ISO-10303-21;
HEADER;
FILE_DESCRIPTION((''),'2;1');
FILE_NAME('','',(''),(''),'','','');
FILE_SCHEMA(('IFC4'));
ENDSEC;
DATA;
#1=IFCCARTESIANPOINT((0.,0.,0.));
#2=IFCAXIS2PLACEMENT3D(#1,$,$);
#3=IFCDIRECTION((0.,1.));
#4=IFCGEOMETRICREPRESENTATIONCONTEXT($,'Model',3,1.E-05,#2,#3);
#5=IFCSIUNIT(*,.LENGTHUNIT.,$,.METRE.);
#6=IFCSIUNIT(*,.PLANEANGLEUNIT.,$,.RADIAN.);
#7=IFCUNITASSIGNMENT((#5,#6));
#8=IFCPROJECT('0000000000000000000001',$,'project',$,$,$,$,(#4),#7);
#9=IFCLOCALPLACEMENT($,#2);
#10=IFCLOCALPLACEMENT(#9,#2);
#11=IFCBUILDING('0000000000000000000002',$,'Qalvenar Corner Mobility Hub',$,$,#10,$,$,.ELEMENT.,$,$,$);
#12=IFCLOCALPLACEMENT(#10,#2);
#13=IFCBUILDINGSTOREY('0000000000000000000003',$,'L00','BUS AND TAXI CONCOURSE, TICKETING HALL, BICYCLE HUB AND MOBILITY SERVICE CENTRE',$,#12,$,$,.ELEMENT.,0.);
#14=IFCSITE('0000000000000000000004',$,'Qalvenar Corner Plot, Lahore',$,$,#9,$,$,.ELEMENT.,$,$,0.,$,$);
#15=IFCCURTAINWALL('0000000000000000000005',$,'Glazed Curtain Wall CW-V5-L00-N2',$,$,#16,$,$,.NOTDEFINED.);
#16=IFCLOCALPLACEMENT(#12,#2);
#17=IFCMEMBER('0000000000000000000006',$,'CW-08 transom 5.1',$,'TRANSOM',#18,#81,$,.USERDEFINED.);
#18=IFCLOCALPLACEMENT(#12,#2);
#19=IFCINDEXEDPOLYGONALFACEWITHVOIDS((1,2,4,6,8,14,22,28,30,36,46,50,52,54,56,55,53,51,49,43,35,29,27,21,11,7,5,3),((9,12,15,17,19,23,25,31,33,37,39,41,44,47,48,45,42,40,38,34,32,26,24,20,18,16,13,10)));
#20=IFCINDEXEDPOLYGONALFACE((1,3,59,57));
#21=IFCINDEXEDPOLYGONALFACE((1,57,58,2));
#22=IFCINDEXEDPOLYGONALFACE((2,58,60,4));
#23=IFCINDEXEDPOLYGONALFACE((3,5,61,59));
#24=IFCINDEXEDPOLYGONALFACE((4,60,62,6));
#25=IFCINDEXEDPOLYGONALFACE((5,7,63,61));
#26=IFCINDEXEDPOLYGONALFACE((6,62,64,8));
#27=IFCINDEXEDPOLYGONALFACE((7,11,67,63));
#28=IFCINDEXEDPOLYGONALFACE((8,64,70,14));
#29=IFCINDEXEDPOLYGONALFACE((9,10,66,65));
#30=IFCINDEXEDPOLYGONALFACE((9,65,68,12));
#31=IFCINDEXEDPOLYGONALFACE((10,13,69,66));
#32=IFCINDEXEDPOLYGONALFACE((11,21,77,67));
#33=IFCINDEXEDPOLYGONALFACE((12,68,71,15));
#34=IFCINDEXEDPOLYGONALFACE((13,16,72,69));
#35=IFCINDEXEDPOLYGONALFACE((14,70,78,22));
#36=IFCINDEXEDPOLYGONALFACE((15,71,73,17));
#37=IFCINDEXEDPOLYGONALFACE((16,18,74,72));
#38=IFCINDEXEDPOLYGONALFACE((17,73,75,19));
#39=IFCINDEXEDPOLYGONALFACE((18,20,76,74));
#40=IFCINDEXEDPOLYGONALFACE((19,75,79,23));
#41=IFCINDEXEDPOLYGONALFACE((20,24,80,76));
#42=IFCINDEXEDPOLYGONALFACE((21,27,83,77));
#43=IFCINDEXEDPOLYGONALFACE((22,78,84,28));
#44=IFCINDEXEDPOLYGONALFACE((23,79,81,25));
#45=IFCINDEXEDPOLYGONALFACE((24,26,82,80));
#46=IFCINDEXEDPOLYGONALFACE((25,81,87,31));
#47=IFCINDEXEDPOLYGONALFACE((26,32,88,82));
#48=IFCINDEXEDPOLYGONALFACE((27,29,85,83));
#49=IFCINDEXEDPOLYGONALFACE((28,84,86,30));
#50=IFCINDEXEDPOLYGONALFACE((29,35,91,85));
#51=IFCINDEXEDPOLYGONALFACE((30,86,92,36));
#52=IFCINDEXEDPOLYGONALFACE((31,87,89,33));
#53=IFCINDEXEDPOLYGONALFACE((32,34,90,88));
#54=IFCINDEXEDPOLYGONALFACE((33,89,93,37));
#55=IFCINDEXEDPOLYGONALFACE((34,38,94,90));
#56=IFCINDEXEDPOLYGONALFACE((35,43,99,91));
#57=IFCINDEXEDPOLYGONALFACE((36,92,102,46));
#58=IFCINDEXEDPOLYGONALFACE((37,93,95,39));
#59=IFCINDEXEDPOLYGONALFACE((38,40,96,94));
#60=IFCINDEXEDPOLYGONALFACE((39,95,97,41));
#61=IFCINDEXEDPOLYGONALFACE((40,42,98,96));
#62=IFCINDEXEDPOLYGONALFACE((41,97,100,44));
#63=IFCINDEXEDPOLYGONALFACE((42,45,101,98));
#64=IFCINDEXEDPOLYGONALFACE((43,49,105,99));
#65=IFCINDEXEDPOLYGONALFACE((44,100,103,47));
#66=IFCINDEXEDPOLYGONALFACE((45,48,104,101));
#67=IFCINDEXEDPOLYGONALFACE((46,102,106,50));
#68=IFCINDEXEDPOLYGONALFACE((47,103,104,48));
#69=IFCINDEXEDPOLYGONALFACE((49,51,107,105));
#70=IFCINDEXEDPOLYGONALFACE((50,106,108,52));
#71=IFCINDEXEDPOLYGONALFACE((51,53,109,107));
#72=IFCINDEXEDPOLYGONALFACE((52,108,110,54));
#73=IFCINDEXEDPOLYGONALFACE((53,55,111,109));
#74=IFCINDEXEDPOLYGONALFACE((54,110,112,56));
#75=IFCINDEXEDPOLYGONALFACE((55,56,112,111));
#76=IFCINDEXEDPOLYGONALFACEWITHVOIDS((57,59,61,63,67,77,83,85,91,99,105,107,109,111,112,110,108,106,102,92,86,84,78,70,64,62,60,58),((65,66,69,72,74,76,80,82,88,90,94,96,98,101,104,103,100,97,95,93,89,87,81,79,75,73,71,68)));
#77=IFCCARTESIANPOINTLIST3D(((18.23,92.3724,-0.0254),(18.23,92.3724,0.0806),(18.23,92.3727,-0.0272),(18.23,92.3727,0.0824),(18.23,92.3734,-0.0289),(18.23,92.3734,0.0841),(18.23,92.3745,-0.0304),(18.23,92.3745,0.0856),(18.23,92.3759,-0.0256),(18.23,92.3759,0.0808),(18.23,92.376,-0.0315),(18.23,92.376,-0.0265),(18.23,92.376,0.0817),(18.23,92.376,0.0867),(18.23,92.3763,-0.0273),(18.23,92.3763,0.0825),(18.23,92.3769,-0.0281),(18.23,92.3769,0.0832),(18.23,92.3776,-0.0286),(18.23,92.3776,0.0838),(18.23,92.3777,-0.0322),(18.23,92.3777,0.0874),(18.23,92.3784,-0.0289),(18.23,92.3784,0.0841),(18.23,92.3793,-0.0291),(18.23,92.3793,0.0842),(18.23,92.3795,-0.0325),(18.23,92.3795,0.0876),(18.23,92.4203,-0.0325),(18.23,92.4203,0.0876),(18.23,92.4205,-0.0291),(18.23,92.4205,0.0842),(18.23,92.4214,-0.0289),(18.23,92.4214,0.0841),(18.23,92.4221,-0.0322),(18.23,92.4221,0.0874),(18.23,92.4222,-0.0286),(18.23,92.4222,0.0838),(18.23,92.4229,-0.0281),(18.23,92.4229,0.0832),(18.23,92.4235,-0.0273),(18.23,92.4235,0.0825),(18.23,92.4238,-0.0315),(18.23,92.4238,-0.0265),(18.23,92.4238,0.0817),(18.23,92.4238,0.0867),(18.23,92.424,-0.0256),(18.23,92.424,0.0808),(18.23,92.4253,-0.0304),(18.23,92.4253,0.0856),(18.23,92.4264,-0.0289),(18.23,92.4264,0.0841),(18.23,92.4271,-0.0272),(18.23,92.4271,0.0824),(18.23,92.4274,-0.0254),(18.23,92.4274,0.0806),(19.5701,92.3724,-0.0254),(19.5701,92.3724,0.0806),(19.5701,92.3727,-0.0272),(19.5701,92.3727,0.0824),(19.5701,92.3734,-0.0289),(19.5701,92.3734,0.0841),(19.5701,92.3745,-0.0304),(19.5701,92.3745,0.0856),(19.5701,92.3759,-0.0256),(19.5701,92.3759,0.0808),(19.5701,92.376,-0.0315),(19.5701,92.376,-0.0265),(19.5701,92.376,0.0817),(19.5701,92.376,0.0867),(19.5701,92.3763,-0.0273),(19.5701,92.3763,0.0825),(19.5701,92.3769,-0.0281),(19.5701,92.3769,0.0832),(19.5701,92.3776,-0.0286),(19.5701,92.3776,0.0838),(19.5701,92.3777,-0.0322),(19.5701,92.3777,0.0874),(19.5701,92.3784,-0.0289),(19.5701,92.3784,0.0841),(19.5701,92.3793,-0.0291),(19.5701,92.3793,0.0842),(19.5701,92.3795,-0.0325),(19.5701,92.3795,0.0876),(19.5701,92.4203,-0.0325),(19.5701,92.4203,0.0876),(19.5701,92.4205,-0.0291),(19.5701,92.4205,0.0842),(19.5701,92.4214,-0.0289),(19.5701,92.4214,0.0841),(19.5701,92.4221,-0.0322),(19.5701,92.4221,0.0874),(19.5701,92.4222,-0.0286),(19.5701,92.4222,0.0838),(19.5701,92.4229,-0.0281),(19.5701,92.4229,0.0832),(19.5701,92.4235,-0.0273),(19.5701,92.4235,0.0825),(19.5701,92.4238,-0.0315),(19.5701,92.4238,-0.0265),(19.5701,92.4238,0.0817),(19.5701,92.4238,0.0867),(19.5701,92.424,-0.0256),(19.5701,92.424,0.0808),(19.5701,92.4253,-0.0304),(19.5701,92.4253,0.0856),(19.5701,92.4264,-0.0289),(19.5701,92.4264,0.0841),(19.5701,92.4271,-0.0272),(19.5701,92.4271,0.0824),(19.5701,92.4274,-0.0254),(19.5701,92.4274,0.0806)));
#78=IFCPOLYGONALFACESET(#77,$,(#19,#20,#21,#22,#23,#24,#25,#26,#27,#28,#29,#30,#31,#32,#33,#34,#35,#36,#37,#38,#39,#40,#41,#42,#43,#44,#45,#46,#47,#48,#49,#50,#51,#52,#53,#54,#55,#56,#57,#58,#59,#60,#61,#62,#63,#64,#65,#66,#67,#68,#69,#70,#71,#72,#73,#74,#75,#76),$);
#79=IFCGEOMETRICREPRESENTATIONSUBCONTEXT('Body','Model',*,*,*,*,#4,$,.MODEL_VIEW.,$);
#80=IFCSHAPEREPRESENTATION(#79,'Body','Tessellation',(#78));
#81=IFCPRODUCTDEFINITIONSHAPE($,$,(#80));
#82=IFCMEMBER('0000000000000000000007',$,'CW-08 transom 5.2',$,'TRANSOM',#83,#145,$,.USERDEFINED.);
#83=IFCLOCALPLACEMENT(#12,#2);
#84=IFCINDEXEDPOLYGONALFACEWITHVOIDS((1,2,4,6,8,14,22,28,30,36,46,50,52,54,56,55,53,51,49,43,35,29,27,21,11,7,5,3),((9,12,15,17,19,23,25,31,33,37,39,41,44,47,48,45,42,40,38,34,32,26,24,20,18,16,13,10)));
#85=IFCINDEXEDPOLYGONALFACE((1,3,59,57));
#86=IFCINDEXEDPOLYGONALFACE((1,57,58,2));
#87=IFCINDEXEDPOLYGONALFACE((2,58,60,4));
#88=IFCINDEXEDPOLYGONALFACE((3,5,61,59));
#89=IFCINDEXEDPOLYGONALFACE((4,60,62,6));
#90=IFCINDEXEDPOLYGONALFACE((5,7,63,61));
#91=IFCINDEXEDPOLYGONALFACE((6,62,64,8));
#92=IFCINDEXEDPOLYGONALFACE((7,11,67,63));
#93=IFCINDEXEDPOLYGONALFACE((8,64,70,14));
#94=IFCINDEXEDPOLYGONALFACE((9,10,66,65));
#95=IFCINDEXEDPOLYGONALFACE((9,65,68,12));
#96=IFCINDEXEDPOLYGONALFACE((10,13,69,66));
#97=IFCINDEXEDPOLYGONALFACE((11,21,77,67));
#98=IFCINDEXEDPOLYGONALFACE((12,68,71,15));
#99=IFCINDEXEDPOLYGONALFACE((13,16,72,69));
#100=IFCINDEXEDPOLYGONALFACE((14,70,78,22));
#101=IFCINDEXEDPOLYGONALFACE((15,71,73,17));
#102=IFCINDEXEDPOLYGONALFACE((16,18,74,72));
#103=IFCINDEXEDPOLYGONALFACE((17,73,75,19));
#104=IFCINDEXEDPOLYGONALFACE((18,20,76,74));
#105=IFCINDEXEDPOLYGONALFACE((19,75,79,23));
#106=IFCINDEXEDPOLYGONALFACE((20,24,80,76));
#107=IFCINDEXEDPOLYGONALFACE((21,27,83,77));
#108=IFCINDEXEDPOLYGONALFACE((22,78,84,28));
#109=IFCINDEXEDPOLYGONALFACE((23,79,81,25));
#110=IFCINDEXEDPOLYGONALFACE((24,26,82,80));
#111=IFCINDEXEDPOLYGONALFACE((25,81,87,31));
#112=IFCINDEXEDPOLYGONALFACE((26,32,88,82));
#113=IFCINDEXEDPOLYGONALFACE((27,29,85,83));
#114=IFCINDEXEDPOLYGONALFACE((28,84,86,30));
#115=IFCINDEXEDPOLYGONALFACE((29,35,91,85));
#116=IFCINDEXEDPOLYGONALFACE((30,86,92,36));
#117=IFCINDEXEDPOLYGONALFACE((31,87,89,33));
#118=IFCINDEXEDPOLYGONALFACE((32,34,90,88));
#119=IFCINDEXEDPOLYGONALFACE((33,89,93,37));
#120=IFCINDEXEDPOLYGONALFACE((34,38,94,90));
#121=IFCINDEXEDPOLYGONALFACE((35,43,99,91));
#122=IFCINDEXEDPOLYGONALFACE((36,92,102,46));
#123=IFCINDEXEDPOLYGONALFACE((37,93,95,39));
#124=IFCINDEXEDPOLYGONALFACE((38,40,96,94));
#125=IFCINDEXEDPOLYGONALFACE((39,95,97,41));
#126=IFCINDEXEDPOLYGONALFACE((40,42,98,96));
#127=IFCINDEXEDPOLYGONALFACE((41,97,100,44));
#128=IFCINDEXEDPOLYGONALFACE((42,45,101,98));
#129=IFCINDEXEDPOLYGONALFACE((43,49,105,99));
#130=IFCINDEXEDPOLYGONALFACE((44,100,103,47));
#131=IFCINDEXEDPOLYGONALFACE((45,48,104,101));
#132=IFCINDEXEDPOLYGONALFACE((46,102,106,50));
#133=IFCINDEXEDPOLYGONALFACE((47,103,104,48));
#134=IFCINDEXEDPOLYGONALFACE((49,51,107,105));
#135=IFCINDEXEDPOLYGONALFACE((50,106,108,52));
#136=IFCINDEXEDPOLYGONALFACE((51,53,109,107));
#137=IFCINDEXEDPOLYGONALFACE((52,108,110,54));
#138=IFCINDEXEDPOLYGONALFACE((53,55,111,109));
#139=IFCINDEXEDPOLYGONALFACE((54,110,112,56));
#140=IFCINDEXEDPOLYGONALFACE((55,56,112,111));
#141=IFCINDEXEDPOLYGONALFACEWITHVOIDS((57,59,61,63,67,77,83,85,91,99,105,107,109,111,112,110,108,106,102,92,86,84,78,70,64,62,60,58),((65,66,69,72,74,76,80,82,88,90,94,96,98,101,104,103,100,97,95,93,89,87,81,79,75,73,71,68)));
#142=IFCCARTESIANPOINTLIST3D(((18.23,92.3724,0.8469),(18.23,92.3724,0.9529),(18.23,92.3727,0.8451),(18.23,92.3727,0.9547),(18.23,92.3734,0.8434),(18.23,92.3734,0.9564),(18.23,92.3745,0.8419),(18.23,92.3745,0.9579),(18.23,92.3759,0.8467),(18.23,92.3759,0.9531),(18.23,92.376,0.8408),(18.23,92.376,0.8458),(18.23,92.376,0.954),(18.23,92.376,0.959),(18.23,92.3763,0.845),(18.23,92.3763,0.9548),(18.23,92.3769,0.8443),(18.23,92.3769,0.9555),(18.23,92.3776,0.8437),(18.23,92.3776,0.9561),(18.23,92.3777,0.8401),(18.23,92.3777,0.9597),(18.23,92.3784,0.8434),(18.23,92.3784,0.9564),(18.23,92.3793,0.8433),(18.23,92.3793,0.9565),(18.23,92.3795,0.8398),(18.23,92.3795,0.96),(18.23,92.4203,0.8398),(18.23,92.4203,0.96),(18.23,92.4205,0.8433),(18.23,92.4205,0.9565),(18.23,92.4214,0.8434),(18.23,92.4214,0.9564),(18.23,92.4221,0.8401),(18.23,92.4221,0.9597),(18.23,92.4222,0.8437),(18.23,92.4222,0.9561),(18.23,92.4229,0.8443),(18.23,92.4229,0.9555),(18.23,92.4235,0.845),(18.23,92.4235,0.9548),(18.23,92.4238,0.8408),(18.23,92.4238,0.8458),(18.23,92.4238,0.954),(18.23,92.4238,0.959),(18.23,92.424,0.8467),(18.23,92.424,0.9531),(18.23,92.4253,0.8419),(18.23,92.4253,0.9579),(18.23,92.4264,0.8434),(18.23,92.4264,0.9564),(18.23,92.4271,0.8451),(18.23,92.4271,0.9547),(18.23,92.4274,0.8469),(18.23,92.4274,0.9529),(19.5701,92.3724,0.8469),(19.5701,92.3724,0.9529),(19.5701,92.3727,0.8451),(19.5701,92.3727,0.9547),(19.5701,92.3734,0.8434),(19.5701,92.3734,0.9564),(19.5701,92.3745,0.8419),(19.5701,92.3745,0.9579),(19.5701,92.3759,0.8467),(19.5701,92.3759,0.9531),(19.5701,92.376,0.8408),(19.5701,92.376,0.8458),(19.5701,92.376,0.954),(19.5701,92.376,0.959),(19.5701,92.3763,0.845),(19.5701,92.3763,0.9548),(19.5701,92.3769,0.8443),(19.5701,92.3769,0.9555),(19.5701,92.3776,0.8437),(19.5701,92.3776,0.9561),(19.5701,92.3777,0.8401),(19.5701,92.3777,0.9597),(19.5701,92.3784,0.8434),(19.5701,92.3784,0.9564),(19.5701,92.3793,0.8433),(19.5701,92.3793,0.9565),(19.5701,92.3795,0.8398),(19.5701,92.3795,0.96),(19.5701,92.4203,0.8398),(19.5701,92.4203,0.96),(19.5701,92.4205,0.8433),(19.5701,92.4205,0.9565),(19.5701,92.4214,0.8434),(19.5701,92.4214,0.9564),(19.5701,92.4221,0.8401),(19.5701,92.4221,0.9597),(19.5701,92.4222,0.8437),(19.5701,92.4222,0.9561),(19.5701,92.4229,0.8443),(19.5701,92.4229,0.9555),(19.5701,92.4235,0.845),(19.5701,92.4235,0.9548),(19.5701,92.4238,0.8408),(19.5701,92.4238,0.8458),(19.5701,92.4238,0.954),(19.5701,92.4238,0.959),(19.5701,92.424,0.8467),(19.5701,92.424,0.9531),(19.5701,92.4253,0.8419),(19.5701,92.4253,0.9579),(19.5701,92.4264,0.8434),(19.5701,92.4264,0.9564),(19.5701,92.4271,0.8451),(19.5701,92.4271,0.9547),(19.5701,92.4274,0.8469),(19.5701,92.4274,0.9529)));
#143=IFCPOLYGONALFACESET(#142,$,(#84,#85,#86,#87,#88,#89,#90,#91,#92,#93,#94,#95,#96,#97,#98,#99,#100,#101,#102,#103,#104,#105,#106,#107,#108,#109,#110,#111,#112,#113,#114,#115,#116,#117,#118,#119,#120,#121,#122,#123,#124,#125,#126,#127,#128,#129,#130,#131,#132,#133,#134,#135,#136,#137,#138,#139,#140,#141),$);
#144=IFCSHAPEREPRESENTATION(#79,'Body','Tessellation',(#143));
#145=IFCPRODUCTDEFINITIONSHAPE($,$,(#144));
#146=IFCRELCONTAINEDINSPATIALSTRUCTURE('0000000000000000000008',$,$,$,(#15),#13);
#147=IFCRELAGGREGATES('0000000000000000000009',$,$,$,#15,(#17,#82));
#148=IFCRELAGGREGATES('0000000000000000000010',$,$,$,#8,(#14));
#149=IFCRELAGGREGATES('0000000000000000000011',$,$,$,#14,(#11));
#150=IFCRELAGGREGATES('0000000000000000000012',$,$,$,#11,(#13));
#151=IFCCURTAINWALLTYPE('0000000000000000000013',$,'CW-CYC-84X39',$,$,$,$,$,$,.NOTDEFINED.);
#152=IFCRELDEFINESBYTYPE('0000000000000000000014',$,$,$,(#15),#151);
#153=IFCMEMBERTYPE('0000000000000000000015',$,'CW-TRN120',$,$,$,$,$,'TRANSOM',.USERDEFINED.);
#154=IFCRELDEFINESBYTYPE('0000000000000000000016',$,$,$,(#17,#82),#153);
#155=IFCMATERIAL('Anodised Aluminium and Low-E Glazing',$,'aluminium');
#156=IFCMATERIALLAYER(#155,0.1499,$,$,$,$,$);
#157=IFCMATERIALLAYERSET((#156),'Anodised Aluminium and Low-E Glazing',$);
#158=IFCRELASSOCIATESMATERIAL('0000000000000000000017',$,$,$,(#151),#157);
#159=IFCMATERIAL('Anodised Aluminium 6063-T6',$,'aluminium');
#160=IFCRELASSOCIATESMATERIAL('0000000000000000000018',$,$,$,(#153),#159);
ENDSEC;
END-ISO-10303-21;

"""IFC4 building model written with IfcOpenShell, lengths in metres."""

from ifc_helpers import new_model, si_unit, direction, frame, origin, origin_2d, place, context, subcontext, project, spatial, hollow_rectangle, extrude, material, layer, layer_set, material_profile, profile_set, type_object, element, aggregate, save


model = new_model("IFC4")

# Units and contexts
model_context = context("Model", 3, precision=1e-05, world=origin(), true_north=direction((0.0, 1.0)))
body_context = subcontext(model_context, "Body", "Model", "MODEL_VIEW")
ifc_project = project(units=[si_unit("LENGTHUNIT", "METRE"), si_unit("PLANEANGLEUNIT", "RADIAN")], contexts=[model_context])

# Site, building, storey
site_placement = place(None, origin())
site = spatial("IfcSite", under=ifc_project, at=site_placement, Name="Qalvenar Corner Plot, Lahore", CompositionType="ELEMENT", RefElevation=0.0)
building_placement = place(site_placement, origin())
building = spatial("IfcBuilding", under=site, at=building_placement, Name="Qalvenar Corner Mobility Hub", CompositionType="ELEMENT")
storey_placement = place(building_placement, origin())
storey = spatial("IfcBuildingStorey", under=building, at=storey_placement, Name="L00", Description="BUS AND TAXI CONCOURSE, TICKETING HALL, BICYCLE HUB AND MOBILITY SERVICE CENTRE", CompositionType="ELEMENT", Elevation=0.0)

# Curtain wall, members
ifc_material_1 = material(Name="Anodised Aluminium and Low-E Glazing", Category="aluminium")
ifc_layer_1 = layer(ifc_material_1, 0.1499)
ifc_layer_set_1 = layer_set([ifc_layer_1], Name="Anodised Aluminium and Low-E Glazing")
curtain_wall_type = type_object("IfcCurtainWallType", Name="CW-CYC-84X39", PredefinedType="NOTDEFINED", material=ifc_layer_set_1)
curtain_wall_placement = place(storey_placement, origin())
curtain_wall = element("IfcCurtainWall", 1, at=curtain_wall_placement, inside=storey, type_object=curtain_wall_type, Name="Glazed Curtain Wall CW-V5-L00-N2", PredefinedType="NOTDEFINED")
ifc_material_2 = material(Name="Anodised Aluminium 6063-T6", Category="aluminium")
ifc_material_profile_1 = material_profile(ifc_material_2, hollow_rectangle(XDim=0.0549, YDim=0.1201, WallThickness=0.0034, InnerFilletRadius=0.0034, OuterFilletRadius=0.0071, at=origin_2d()), Name="RHS120x55x3.5")
ifc_profile_set_1 = profile_set([ifc_material_profile_1], Name="Anodised Aluminium 6063-T6")
member_type_1 = type_object("IfcMemberType", Name="CW-TRN120", ElementType="TRANSOM", PredefinedType="USERDEFINED", material=ifc_profile_set_1)
member_1_placement = place(storey_placement, frame((19.5701, 92.3999, 0.0276), z_axis=(-1.0, 0.0, 0.0), x_axis=(0.0, -1.0, 0.0)))
member_1 = element("IfcMember", 2, at=member_1_placement, type_object=member_type_1, Name="CW-08 transom 5.1", ObjectType="TRANSOM", PredefinedType="USERDEFINED", context=body_context, shape_type="SweptSolid", body=[
    extrude(hollow_rectangle(XDim=0.0549, YDim=0.1201, WallThickness=0.0034, InnerFilletRadius=0.0034, OuterFilletRadius=0.0071, at=origin_2d()), origin(), (0.0, 0.0, 1.0), 1.3401),
])
member_2_placement = place(storey_placement, frame((19.5701, 92.3999, 0.8999), z_axis=(-1.0, 0.0, 0.0), x_axis=(0.0, -1.0, 0.0)))
member_2 = element("IfcMember", 3, at=member_2_placement, type_object=member_type_1, Name="CW-08 transom 5.2", ObjectType="TRANSOM", PredefinedType="USERDEFINED", context=body_context, shape_type="SweptSolid", body=[
    extrude(hollow_rectangle(XDim=0.0549, YDim=0.1201, WallThickness=0.0034, InnerFilletRadius=0.0034, OuterFilletRadius=0.0071, at=origin_2d()), origin(), (0.0, 0.0, 1.0), 1.3401),
])
aggregate(curtain_wall, [member_1, member_2])

save(model, "model.ifc")
